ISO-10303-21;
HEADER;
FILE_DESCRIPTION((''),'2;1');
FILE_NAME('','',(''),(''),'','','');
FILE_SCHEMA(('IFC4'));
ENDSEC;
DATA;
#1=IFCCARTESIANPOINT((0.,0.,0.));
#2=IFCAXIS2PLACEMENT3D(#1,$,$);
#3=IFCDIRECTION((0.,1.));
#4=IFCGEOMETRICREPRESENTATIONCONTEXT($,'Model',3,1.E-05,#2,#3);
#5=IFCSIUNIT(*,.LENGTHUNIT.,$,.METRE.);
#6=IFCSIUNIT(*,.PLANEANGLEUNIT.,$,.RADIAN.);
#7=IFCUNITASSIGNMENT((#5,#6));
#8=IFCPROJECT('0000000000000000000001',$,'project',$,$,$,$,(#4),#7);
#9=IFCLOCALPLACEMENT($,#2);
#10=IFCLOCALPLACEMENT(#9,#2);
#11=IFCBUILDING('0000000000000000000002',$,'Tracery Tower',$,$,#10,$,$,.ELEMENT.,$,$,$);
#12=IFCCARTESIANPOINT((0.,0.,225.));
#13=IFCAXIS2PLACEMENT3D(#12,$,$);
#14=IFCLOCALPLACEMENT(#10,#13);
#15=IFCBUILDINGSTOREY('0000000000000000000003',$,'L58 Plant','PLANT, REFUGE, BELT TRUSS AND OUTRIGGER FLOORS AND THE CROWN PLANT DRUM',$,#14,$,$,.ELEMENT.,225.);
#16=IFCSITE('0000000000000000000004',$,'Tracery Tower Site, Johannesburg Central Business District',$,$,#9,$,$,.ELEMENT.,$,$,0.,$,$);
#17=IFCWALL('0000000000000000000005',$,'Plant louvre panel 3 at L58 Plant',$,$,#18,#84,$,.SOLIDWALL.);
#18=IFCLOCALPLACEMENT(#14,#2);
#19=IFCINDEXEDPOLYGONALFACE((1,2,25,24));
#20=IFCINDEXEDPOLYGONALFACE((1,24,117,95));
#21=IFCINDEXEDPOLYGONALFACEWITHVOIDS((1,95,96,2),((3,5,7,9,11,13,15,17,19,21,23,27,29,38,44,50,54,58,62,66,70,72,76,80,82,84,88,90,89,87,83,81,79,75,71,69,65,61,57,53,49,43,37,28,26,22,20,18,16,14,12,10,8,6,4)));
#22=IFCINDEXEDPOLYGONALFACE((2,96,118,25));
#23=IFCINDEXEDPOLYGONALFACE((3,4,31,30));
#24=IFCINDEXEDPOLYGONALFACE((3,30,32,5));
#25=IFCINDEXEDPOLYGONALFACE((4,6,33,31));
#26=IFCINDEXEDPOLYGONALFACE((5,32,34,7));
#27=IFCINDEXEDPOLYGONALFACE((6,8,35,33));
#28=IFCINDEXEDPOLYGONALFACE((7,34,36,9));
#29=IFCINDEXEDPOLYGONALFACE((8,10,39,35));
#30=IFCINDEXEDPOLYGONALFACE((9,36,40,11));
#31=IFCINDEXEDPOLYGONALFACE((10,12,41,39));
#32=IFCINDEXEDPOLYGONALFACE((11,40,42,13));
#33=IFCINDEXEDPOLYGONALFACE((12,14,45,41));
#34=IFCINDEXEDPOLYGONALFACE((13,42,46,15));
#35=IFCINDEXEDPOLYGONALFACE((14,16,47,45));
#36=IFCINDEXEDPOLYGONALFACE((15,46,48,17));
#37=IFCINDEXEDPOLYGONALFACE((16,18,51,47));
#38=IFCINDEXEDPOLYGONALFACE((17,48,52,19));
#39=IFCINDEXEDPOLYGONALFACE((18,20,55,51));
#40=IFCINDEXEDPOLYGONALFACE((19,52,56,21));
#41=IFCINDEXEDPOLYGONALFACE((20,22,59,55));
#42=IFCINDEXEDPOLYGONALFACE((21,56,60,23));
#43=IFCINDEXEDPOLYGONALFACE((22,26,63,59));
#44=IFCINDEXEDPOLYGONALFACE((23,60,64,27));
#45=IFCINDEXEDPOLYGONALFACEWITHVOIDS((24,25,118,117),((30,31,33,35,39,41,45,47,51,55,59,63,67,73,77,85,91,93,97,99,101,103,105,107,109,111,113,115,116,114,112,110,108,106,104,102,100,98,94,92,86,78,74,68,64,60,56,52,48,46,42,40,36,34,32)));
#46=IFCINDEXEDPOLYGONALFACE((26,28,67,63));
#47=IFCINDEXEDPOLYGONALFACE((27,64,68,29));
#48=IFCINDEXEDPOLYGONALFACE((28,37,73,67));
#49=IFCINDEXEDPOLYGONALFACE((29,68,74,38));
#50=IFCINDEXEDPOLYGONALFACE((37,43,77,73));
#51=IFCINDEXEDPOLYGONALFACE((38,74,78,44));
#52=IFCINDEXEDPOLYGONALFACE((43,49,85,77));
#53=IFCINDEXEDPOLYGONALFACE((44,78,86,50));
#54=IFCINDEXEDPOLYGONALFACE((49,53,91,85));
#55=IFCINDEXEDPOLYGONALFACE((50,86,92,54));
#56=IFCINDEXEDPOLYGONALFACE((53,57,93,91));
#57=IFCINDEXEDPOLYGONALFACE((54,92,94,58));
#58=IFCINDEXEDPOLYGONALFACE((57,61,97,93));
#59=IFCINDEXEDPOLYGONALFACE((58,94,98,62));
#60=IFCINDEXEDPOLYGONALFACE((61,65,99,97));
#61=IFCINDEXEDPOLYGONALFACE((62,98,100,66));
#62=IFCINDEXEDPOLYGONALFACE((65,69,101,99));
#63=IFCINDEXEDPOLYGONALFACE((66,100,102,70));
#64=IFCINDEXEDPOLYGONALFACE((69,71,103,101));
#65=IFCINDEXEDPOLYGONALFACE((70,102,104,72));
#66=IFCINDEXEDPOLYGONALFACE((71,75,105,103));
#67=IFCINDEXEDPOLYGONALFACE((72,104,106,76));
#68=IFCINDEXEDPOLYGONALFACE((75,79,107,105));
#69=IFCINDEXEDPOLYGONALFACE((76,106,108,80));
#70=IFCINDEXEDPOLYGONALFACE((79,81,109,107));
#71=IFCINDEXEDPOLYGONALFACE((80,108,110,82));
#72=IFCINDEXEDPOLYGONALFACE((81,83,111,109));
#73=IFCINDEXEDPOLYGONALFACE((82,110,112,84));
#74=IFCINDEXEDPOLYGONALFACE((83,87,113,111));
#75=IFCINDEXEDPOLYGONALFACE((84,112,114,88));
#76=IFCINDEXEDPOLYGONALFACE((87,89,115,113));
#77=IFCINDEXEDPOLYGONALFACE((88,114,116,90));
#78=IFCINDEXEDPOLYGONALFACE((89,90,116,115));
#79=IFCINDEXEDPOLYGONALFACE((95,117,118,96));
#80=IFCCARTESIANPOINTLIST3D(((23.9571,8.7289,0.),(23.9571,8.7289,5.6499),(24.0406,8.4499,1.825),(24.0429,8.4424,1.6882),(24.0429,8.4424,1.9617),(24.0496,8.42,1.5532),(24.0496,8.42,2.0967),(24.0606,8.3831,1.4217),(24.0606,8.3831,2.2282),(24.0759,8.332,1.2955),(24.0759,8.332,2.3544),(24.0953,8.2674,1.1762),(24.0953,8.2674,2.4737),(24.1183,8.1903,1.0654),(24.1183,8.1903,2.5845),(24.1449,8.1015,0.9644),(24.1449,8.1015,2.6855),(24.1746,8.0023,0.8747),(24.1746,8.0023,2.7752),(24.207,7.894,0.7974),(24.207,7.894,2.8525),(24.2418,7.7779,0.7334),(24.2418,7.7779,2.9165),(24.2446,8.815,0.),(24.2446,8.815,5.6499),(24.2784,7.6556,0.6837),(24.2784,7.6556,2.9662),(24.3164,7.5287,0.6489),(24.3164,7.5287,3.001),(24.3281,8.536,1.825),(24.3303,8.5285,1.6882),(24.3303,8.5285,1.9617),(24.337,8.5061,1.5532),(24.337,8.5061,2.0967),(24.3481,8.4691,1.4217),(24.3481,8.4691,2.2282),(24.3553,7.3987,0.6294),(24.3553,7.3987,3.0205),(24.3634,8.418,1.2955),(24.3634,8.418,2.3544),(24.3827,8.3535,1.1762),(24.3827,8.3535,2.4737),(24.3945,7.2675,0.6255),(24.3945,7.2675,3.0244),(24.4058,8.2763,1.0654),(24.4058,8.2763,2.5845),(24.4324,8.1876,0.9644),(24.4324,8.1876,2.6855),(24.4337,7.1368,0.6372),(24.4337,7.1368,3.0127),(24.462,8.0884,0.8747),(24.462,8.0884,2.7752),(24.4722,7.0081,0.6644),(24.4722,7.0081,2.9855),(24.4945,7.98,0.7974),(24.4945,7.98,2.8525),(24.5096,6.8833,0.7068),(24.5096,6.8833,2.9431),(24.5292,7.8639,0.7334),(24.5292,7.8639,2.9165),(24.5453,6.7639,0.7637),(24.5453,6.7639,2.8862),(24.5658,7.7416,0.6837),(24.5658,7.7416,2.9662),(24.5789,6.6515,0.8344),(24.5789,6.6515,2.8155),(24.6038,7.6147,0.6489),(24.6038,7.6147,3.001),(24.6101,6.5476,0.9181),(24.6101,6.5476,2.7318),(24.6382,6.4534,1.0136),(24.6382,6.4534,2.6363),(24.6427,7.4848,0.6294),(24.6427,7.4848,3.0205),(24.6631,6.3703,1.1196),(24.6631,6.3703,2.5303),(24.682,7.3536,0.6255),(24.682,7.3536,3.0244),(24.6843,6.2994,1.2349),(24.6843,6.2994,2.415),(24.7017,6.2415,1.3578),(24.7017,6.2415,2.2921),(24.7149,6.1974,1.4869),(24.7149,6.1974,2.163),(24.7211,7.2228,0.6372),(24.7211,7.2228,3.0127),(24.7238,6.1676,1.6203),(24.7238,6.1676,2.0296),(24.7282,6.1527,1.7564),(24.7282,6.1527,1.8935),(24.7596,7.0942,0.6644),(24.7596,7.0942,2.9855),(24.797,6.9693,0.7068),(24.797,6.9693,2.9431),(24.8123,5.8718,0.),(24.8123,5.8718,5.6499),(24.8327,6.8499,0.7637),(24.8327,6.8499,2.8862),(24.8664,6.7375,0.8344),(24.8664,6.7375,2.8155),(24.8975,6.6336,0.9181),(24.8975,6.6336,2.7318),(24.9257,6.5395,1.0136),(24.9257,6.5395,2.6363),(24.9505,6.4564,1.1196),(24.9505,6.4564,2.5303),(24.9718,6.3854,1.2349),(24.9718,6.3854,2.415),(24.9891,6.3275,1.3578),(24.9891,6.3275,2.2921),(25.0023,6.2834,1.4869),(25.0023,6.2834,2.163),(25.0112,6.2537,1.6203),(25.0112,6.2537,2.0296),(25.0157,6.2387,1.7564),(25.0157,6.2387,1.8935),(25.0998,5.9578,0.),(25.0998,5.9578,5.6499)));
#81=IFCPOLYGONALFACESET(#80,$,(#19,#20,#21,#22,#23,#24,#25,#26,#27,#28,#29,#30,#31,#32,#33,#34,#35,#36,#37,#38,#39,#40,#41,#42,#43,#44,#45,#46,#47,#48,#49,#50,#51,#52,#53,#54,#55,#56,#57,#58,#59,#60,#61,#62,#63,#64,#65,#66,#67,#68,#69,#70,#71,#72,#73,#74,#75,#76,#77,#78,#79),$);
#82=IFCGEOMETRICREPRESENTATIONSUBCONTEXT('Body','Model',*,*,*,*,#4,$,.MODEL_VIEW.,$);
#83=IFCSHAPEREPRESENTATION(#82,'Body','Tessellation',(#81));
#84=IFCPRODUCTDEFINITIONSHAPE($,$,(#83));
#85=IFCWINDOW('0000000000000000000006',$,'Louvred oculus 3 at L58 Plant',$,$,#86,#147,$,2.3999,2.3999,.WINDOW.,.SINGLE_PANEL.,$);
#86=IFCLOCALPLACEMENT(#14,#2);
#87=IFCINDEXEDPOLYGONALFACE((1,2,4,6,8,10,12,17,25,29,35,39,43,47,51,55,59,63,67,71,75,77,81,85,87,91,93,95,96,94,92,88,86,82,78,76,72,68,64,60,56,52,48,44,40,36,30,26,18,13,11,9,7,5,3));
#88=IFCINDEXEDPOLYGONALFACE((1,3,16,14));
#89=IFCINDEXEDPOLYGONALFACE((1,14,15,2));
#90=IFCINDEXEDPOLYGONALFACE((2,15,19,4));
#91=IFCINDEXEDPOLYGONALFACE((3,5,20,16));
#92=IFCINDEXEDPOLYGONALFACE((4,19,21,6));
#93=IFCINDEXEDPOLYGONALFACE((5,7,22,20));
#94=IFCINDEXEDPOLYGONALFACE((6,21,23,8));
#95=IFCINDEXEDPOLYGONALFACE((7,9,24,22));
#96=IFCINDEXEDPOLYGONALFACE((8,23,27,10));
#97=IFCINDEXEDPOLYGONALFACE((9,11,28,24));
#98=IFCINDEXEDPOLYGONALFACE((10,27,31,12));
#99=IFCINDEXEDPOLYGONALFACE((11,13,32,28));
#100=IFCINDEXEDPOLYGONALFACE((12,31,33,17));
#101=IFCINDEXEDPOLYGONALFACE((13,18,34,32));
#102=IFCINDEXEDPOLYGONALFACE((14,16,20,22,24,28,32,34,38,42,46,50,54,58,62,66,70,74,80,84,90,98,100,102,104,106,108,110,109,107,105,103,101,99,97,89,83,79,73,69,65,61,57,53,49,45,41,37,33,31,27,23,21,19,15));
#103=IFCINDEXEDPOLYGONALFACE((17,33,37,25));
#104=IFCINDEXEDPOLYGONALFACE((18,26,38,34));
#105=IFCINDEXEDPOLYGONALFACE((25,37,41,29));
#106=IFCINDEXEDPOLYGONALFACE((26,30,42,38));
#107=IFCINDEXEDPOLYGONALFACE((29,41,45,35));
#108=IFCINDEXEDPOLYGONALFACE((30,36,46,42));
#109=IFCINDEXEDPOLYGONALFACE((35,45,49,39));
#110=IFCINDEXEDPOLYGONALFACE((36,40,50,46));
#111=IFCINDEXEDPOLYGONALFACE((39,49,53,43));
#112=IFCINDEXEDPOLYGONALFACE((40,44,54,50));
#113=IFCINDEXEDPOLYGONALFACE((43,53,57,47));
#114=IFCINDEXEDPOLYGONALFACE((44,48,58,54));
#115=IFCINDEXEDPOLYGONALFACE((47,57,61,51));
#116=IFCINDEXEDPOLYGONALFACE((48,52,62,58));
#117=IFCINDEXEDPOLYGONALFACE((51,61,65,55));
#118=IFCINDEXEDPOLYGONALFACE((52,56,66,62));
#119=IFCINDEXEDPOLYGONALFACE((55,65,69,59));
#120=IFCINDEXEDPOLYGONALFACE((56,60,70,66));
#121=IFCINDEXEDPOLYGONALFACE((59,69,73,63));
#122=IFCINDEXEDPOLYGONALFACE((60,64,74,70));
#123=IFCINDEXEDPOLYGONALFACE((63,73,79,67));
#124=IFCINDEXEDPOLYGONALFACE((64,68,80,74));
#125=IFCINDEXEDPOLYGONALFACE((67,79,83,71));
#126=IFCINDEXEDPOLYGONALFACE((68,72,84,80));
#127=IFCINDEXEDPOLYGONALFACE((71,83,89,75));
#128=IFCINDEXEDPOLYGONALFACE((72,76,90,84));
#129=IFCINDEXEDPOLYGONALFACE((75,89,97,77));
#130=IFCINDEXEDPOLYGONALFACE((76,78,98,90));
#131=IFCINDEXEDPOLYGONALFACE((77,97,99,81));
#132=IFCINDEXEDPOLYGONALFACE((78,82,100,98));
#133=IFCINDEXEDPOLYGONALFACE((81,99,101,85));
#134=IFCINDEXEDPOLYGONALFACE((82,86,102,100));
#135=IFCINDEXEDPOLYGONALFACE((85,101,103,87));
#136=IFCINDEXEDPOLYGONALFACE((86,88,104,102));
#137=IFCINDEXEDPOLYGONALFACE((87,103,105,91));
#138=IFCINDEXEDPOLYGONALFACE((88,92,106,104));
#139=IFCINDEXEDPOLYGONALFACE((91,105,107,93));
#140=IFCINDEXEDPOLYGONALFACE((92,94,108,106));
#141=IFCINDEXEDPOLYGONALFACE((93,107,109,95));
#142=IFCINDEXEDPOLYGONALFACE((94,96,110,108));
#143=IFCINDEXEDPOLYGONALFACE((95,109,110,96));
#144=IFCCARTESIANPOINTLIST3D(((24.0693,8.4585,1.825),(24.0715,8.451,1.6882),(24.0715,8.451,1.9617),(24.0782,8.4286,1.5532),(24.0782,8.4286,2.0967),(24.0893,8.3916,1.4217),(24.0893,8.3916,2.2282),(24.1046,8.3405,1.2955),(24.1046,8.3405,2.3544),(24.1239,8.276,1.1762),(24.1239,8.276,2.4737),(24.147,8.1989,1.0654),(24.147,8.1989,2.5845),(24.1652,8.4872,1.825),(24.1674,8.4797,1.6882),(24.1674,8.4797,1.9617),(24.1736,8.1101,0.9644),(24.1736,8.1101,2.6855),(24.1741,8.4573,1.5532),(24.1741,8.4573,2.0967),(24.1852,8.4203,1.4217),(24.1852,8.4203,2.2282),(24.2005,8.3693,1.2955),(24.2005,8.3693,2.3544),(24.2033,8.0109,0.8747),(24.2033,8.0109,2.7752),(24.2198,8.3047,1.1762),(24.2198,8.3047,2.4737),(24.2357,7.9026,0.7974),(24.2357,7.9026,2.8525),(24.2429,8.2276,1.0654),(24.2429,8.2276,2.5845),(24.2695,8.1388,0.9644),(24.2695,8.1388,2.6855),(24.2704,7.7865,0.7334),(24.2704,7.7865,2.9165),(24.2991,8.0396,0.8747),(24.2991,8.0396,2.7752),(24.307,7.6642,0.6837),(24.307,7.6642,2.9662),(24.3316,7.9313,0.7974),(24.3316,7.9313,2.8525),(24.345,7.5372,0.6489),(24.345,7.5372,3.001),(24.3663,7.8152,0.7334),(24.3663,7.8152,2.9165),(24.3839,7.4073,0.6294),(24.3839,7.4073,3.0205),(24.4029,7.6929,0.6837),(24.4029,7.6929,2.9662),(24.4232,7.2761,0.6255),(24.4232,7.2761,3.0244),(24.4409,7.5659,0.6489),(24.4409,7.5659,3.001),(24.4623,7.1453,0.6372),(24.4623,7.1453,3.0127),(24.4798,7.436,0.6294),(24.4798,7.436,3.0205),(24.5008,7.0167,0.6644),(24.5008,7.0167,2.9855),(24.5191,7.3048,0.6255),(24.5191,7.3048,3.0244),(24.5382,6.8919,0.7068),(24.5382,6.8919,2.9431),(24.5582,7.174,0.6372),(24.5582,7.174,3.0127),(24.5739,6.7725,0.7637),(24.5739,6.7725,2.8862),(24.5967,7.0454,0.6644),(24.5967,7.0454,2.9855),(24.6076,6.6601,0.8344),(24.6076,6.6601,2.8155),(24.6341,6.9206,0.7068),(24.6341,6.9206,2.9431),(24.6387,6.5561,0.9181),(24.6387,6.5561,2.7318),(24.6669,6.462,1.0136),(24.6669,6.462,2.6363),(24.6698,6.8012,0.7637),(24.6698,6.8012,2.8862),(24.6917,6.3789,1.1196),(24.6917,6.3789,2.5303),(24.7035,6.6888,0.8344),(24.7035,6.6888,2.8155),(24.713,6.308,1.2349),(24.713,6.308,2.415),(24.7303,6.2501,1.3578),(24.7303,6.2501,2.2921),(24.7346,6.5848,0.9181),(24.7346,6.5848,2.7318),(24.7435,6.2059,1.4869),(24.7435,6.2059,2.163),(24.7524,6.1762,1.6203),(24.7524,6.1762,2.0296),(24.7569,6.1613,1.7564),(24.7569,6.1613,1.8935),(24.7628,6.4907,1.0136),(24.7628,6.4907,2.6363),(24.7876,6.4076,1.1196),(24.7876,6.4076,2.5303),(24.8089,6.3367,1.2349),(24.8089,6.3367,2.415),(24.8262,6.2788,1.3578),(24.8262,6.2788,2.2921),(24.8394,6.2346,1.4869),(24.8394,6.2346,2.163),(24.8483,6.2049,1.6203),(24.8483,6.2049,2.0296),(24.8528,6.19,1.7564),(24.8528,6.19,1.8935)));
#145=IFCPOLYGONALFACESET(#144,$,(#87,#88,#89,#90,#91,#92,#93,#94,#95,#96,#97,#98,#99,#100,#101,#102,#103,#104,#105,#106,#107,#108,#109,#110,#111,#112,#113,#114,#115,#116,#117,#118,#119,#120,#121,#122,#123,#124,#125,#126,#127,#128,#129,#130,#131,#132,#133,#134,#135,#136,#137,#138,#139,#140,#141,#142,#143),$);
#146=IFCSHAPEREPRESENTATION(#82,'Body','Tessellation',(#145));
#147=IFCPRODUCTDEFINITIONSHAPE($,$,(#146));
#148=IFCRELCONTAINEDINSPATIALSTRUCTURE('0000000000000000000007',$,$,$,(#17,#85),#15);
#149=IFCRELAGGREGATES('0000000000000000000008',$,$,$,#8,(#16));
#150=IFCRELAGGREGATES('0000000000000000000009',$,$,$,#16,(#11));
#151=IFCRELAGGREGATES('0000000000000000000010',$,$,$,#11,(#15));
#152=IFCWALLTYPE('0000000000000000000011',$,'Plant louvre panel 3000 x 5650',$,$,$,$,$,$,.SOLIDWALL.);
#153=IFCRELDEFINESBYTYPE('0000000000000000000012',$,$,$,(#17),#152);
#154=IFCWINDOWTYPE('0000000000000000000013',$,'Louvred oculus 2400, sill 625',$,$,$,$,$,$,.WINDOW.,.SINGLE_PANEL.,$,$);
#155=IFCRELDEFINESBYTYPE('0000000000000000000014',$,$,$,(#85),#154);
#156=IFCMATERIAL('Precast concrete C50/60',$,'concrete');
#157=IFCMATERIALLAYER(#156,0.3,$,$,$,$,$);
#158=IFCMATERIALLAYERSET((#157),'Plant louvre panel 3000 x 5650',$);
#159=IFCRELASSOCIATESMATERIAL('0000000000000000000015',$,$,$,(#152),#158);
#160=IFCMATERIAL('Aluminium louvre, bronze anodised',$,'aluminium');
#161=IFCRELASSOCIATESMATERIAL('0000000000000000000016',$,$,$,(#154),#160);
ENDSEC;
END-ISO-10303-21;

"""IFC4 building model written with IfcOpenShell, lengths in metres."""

from ifc_helpers import new_model, si_unit, direction, frame, frame_2d, origin, origin_2d, place, context, subcontext, project, spatial, rectangle, circle, extrude, material, layer, layer_set, type_object, element, fill, save


model = new_model("IFC4")

# Units and contexts
model_context = context("Model", 3, precision=1e-05, world=origin(), true_north=direction((0.0, 1.0)))
body_context = subcontext(model_context, "Body", "Model", "MODEL_VIEW")
ifc_project = project(units=[si_unit("LENGTHUNIT", "METRE"), si_unit("PLANEANGLEUNIT", "RADIAN")], contexts=[model_context])

# Site, building, storey
site_placement = place(None, origin())
site = spatial("IfcSite", under=ifc_project, at=site_placement, Name="Tracery Tower Site, Johannesburg Central Business District", CompositionType="ELEMENT", RefElevation=0.0)
building_placement = place(site_placement, origin())
building = spatial("IfcBuilding", under=site, at=building_placement, Name="Tracery Tower", CompositionType="ELEMENT")
storey_placement = place(building_placement, frame((0.0, 0.0, 225.0)))
storey = spatial("IfcBuildingStorey", under=building, at=storey_placement, Name="L58 Plant", Description="PLANT, REFUGE, BELT TRUSS AND OUTRIGGER FLOORS AND THE CROWN PLANT DRUM", CompositionType="ELEMENT", Elevation=225.0)

# Wall, opening, window
ifc_material_1 = material(Name="Precast concrete C50/60", Category="concrete")
ifc_layer_1 = layer(ifc_material_1, 0.3)
ifc_layer_set_1 = layer_set([ifc_layer_1], Name="Plant louvre panel 3000 x 5650")
wall_type_1 = type_object("IfcWallType", Name="Plant louvre panel 3000 x 5650", PredefinedType="SOLIDWALL", material=ifc_layer_set_1)
ifc_material_2 = material(Name="Aluminium louvre, bronze anodised", Category="aluminium")
window_type = type_object("IfcWindowType", Name="Louvred oculus 2400, sill 625", PartitioningType="SINGLE_PANEL", PredefinedType="WINDOW", material=ifc_material_2)
wall_1_placement = place(storey_placement, frame((24.9561, 5.9148, 0.0), z_axis=(0.0, 0.0, 1.0), x_axis=(-0.286755, 0.958004, 0.0)))
wall_1 = element("IfcWall", 1, at=wall_1_placement, inside=storey, type_object=wall_type_1, Name="Plant louvre panel 3 at L58 Plant", PredefinedType="SOLIDWALL", context=body_context, shape_type="SweptSolid", body=[
    extrude(rectangle(XDim=2.9824, YDim=0.3, at=frame_2d((1.4912, 0.0))), origin(), (0.0, 0.0, 1.0), 5.6499),
])
opening_1_placement = place(wall_1_placement, frame((1.4912, 0.0, 1.825)))
opening_1 = element("IfcOpeningElement", 2, at=opening_1_placement, cuts=wall_1, PredefinedType="OPENING", context=body_context, shape_type="SweptSolid", body=[
    extrude(circle(Radius=1.2, at=origin_2d()), frame((0.0, 0.1599, 0.0), z_axis=(0.0, -1.0, 0.0), x_axis=(1.0, 0.0, 0.0)), (0.0, 0.0, 1.0), 0.3201),
])
window_1_placement = place(opening_1_placement, origin())
window_1 = element("IfcWindow", 3, at=window_1_placement, inside=storey, type_object=window_type, Name="Louvred oculus 3 at L58 Plant", OverallHeight=2.3999, OverallWidth=2.3999, PartitioningType="SINGLE_PANEL", PredefinedType="WINDOW", context=body_context, shape_type="SweptSolid", body=[
    extrude(circle(Radius=1.2, at=origin_2d()), frame((0.0, 0.1201, 0.0), z_axis=(0.0, -1.0, 0.0), x_axis=(1.0, 0.0, 0.0)), (0.0, 0.0, 1.0), 0.1001),
])
fill(opening_1, window_1)

save(model, "model.ifc")
